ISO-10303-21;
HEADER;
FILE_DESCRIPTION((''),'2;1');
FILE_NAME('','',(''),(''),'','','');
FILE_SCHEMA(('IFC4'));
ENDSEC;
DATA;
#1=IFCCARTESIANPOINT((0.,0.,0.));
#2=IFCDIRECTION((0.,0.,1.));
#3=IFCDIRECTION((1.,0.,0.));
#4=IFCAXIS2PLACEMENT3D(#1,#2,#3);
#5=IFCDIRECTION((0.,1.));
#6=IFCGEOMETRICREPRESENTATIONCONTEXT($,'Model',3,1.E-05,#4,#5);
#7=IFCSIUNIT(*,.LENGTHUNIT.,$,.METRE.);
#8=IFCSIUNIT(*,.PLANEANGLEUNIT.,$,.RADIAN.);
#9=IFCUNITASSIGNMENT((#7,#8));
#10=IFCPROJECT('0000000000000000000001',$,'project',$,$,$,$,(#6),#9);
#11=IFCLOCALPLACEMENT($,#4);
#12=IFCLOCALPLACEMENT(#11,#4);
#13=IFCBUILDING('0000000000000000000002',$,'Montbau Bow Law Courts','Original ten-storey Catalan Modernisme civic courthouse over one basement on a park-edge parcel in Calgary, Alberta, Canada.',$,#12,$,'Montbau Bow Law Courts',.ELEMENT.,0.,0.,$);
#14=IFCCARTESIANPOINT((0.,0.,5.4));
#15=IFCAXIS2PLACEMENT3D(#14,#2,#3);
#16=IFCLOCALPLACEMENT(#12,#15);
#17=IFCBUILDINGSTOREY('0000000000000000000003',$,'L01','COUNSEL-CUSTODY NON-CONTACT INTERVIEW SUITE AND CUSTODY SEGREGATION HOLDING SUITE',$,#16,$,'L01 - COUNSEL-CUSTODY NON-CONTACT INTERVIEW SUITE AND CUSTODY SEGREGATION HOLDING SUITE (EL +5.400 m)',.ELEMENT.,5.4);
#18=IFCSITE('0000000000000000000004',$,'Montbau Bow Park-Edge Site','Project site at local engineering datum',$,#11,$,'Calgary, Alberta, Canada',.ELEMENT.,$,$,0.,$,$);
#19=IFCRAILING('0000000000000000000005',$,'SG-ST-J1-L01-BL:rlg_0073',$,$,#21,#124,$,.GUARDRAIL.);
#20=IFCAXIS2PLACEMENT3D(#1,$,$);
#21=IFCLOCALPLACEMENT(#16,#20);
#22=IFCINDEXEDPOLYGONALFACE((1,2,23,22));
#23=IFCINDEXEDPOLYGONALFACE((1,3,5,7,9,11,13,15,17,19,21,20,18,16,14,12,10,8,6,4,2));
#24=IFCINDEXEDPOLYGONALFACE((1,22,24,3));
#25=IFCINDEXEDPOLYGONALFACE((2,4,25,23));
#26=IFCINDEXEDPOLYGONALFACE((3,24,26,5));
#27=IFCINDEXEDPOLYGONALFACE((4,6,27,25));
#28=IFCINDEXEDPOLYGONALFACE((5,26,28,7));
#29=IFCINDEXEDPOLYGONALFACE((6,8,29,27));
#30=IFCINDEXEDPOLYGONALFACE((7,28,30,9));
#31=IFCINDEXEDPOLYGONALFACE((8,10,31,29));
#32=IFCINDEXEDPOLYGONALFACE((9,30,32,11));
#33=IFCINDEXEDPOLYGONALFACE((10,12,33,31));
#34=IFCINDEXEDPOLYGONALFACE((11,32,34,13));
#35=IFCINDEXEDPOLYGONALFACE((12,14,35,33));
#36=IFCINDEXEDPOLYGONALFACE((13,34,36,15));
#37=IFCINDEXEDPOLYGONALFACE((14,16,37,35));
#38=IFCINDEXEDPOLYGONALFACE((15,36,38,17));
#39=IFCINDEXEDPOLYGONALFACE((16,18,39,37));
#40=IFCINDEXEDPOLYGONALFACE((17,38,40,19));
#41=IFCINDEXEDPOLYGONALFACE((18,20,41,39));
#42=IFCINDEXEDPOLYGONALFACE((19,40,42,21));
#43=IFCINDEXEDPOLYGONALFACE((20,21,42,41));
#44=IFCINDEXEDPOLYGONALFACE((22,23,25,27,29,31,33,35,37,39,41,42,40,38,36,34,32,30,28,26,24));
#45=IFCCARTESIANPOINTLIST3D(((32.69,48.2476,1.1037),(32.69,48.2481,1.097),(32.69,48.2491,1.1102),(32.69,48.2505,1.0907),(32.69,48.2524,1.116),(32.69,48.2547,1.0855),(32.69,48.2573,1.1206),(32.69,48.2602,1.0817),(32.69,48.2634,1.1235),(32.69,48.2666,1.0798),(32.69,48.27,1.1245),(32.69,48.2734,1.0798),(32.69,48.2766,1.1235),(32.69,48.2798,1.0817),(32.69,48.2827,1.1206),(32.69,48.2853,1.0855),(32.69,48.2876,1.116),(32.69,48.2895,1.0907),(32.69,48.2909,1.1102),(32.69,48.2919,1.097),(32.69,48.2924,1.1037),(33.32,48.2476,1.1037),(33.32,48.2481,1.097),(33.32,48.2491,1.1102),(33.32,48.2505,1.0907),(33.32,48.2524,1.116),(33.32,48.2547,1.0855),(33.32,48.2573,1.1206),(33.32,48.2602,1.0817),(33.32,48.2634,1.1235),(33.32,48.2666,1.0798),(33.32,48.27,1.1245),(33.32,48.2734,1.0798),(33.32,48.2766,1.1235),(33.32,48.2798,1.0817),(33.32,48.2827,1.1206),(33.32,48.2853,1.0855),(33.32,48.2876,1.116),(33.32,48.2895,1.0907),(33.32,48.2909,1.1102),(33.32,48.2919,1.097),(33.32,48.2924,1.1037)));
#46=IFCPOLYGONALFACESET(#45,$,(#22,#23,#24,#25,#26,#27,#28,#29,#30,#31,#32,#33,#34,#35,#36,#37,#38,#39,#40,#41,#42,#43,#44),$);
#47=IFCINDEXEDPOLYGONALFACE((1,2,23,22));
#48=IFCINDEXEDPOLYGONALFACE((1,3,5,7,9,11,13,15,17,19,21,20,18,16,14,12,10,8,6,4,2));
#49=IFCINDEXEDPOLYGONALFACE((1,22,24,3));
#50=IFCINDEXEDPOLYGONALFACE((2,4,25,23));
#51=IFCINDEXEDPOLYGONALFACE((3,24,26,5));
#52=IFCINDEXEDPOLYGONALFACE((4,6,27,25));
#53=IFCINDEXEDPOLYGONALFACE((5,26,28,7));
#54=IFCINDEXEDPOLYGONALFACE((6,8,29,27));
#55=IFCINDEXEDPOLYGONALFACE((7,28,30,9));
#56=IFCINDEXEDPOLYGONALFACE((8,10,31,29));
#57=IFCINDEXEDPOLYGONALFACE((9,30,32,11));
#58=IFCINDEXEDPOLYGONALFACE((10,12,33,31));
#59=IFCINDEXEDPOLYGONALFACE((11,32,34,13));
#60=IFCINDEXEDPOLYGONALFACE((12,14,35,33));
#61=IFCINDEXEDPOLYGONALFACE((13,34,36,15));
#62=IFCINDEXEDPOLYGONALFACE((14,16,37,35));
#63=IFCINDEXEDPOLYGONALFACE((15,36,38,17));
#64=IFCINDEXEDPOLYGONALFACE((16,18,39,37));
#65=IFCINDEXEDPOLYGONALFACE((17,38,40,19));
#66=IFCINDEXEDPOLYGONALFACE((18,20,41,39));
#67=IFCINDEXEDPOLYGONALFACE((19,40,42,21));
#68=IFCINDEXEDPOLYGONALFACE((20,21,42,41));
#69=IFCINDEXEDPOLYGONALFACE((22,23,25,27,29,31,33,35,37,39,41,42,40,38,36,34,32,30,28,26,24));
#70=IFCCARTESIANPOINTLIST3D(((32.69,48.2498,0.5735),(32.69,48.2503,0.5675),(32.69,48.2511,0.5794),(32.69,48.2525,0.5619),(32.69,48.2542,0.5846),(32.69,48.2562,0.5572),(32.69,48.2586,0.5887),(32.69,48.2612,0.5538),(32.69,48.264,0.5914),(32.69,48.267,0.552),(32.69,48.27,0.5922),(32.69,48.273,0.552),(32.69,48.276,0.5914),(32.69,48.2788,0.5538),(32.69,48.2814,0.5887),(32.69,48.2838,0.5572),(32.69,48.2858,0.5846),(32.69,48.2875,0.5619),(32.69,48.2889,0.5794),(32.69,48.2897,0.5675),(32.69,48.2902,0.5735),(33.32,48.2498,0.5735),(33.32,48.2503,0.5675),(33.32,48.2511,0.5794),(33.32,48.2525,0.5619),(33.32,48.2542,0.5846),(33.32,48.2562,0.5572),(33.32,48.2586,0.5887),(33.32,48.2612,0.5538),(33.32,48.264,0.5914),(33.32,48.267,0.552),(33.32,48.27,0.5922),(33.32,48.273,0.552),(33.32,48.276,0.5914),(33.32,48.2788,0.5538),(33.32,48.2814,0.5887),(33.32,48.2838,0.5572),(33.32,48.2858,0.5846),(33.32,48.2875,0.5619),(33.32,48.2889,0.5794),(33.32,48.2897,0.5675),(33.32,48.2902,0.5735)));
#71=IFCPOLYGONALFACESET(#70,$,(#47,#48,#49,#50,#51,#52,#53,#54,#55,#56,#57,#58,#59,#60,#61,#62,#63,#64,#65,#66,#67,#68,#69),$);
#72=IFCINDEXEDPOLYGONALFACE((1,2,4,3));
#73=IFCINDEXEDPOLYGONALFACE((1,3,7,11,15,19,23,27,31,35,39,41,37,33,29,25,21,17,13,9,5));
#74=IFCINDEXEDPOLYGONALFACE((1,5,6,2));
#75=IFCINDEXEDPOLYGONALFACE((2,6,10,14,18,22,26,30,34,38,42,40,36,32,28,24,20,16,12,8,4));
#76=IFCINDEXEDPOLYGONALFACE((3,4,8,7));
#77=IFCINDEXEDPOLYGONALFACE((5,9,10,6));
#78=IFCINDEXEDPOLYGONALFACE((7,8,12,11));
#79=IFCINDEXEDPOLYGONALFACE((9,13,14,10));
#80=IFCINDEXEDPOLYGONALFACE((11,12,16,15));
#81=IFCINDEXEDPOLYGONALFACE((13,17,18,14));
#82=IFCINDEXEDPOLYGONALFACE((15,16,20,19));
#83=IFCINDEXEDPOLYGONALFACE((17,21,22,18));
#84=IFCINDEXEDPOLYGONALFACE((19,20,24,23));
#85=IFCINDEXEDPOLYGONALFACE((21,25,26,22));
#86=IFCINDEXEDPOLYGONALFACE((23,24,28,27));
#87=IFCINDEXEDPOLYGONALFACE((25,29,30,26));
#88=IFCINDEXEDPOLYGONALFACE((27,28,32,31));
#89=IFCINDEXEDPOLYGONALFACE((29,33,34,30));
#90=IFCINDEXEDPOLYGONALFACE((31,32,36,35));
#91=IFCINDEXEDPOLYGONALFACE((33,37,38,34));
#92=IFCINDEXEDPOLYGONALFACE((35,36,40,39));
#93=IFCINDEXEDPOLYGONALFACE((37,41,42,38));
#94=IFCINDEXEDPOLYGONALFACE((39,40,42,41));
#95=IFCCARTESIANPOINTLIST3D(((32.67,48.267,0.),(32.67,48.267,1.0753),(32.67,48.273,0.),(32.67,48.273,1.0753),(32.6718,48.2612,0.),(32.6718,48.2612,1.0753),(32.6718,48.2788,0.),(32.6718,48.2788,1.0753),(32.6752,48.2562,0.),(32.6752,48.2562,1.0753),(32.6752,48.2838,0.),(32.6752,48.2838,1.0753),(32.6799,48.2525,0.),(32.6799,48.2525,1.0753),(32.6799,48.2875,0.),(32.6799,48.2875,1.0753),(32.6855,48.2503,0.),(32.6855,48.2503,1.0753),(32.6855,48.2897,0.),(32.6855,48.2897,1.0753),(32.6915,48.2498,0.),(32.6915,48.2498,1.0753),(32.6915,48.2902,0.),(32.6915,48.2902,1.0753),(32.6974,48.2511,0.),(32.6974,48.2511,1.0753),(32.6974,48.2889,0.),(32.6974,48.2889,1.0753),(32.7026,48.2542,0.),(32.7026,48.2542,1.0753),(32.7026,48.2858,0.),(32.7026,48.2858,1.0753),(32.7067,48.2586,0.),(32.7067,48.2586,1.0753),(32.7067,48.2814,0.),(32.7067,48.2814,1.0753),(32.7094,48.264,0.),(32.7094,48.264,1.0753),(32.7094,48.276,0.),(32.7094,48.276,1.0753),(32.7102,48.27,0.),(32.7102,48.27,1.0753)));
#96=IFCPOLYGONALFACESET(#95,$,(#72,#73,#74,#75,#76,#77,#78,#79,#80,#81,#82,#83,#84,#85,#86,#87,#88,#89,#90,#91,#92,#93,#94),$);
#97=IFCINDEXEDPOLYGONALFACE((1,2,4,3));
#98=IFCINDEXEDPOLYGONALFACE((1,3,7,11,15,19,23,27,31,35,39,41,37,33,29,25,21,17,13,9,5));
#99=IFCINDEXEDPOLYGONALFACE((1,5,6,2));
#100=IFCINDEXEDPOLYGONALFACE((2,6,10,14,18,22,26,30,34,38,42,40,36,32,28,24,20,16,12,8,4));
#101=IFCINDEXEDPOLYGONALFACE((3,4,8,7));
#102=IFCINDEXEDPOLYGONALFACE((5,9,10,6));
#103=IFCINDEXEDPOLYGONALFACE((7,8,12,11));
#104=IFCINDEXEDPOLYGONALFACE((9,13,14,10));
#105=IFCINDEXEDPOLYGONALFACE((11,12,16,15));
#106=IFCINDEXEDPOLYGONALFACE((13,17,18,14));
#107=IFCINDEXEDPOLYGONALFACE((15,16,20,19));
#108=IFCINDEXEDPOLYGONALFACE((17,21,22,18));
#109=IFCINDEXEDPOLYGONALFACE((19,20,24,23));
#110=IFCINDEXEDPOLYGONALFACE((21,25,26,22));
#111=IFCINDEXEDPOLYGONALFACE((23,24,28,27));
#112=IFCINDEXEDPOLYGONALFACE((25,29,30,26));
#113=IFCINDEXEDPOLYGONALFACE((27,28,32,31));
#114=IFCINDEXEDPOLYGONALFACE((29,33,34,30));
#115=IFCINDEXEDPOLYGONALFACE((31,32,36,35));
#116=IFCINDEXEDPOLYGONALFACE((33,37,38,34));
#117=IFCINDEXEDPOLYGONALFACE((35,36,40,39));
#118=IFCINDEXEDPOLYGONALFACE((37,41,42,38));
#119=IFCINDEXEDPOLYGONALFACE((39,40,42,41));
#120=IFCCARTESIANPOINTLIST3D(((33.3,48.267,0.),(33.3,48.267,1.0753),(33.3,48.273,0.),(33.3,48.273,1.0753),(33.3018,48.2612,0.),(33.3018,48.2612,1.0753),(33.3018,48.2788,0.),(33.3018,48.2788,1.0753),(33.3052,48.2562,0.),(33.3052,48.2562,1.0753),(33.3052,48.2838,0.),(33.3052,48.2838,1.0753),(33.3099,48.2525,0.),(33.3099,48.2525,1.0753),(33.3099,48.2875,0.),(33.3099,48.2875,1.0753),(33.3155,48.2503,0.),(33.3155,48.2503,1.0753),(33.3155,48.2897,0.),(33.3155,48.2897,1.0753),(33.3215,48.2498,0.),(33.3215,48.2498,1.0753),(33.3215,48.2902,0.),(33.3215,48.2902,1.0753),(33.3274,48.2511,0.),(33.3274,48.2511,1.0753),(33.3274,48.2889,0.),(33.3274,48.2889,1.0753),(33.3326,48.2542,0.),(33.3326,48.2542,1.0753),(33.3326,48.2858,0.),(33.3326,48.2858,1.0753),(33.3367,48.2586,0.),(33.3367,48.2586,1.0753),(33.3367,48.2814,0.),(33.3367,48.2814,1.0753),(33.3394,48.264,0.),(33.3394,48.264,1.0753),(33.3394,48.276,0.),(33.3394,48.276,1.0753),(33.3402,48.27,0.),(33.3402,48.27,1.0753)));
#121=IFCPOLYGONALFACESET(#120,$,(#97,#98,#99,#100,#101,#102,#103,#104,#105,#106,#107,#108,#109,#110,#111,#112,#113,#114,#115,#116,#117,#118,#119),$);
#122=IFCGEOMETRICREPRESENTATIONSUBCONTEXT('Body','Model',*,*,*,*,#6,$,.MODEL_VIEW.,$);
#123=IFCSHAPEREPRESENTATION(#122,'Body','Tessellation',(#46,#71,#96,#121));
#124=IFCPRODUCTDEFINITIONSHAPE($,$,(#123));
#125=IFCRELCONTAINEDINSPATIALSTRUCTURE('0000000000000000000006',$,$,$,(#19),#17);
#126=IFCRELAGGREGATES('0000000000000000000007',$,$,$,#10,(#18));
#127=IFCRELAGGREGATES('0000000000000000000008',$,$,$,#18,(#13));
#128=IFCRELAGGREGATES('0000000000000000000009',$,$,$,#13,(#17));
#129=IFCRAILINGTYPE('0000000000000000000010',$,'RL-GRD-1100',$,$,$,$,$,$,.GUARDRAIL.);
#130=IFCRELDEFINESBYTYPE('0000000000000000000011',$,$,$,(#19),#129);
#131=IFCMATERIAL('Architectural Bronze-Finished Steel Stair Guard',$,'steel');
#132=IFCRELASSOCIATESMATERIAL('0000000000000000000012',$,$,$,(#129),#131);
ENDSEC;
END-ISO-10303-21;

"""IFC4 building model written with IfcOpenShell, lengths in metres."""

from ifc_helpers import new_model, si_unit, direction, frame, origin_with_axes, origin_2d_with_axis, place, context, subcontext, project, spatial, circle, extrude, material, type_object, element, save


model = new_model("IFC4")

# Units and contexts
model_context = context("Model", 3, precision=1e-05, world=origin_with_axes(), true_north=direction((0.0, 1.0)))
body_context = subcontext(model_context, "Body", "Model", "MODEL_VIEW")
ifc_project = project(units=[si_unit("LENGTHUNIT", "METRE"), si_unit("PLANEANGLEUNIT", "RADIAN")], contexts=[model_context])

# Site, building, storey
site_placement = place(None, origin_with_axes())
site = spatial("IfcSite", under=ifc_project, at=site_placement, Name="Montbau Bow Park-Edge Site", Description="Project site at local engineering datum", LongName="Calgary, Alberta, Canada", CompositionType="ELEMENT", RefElevation=0.0)
building_placement = place(site_placement, origin_with_axes())
building = spatial("IfcBuilding", under=site, at=building_placement, Name="Montbau Bow Law Courts", Description="Original ten-storey Catalan Modernisme civic courthouse over one basement on a park-edge parcel in Calgary, Alberta, Canada.", LongName="Montbau Bow Law Courts", CompositionType="ELEMENT", ElevationOfRefHeight=0.0, ElevationOfTerrain=0.0)
storey_placement = place(building_placement, frame((0.0, 0.0, 5.4), z_axis=(0.0, 0.0, 1.0), x_axis=(1.0, 0.0, 0.0)))
storey = spatial("IfcBuildingStorey", under=building, at=storey_placement, Name="L01", Description="COUNSEL-CUSTODY NON-CONTACT INTERVIEW SUITE AND CUSTODY SEGREGATION HOLDING SUITE", LongName="L01 - COUNSEL-CUSTODY NON-CONTACT INTERVIEW SUITE AND CUSTODY SEGREGATION HOLDING SUITE (EL +5.400 m)", CompositionType="ELEMENT", Elevation=5.4)

# Railing
ifc_material_1 = material(Name="Architectural Bronze-Finished Steel Stair Guard", Category="steel")
railing_type_1 = type_object("IfcRailingType", Name="RL-GRD-1100", PredefinedType="GUARDRAIL", material=ifc_material_1)
railing_1_placement = place(None, origin_with_axes())
element("IfcRailing", 1, at=railing_1_placement, inside=storey, type_object=railing_type_1, Name="SG-ST-J1-L01-BL:rlg_0073", PredefinedType="GUARDRAIL", context=body_context, shape_type="SweptSolid", body=[
    extrude(circle(Radius=0.0225, at=origin_2d_with_axis()), frame((32.69, 48.27, 6.502), z_axis=(1.0, 0.0, 0.0), x_axis=(0.0, 0.0, 1.0)), (0.0, 0.0, 1.0), 0.63),
    extrude(circle(Radius=0.0203, at=origin_2d_with_axis()), frame((32.69, 48.27, 5.972), z_axis=(1.0, 0.0, 0.0), x_axis=(0.0, 0.0, 1.0)), (0.0, 0.0, 1.0), 0.63),
    extrude(circle(Radius=0.0203, at=origin_2d_with_axis()), frame((32.69, 48.27, 5.4), z_axis=(0.0, 0.0, 1.0), x_axis=(1.0, 0.0, 0.0)), (0.0, 0.0, 1.0), 1.0753),
    extrude(circle(Radius=0.0203, at=origin_2d_with_axis()), frame((33.32, 48.27, 5.4), z_axis=(0.0, 0.0, 1.0), x_axis=(1.0, 0.0, 0.0)), (0.0, 0.0, 1.0), 1.0753),
])

save(model, "model.ifc")
